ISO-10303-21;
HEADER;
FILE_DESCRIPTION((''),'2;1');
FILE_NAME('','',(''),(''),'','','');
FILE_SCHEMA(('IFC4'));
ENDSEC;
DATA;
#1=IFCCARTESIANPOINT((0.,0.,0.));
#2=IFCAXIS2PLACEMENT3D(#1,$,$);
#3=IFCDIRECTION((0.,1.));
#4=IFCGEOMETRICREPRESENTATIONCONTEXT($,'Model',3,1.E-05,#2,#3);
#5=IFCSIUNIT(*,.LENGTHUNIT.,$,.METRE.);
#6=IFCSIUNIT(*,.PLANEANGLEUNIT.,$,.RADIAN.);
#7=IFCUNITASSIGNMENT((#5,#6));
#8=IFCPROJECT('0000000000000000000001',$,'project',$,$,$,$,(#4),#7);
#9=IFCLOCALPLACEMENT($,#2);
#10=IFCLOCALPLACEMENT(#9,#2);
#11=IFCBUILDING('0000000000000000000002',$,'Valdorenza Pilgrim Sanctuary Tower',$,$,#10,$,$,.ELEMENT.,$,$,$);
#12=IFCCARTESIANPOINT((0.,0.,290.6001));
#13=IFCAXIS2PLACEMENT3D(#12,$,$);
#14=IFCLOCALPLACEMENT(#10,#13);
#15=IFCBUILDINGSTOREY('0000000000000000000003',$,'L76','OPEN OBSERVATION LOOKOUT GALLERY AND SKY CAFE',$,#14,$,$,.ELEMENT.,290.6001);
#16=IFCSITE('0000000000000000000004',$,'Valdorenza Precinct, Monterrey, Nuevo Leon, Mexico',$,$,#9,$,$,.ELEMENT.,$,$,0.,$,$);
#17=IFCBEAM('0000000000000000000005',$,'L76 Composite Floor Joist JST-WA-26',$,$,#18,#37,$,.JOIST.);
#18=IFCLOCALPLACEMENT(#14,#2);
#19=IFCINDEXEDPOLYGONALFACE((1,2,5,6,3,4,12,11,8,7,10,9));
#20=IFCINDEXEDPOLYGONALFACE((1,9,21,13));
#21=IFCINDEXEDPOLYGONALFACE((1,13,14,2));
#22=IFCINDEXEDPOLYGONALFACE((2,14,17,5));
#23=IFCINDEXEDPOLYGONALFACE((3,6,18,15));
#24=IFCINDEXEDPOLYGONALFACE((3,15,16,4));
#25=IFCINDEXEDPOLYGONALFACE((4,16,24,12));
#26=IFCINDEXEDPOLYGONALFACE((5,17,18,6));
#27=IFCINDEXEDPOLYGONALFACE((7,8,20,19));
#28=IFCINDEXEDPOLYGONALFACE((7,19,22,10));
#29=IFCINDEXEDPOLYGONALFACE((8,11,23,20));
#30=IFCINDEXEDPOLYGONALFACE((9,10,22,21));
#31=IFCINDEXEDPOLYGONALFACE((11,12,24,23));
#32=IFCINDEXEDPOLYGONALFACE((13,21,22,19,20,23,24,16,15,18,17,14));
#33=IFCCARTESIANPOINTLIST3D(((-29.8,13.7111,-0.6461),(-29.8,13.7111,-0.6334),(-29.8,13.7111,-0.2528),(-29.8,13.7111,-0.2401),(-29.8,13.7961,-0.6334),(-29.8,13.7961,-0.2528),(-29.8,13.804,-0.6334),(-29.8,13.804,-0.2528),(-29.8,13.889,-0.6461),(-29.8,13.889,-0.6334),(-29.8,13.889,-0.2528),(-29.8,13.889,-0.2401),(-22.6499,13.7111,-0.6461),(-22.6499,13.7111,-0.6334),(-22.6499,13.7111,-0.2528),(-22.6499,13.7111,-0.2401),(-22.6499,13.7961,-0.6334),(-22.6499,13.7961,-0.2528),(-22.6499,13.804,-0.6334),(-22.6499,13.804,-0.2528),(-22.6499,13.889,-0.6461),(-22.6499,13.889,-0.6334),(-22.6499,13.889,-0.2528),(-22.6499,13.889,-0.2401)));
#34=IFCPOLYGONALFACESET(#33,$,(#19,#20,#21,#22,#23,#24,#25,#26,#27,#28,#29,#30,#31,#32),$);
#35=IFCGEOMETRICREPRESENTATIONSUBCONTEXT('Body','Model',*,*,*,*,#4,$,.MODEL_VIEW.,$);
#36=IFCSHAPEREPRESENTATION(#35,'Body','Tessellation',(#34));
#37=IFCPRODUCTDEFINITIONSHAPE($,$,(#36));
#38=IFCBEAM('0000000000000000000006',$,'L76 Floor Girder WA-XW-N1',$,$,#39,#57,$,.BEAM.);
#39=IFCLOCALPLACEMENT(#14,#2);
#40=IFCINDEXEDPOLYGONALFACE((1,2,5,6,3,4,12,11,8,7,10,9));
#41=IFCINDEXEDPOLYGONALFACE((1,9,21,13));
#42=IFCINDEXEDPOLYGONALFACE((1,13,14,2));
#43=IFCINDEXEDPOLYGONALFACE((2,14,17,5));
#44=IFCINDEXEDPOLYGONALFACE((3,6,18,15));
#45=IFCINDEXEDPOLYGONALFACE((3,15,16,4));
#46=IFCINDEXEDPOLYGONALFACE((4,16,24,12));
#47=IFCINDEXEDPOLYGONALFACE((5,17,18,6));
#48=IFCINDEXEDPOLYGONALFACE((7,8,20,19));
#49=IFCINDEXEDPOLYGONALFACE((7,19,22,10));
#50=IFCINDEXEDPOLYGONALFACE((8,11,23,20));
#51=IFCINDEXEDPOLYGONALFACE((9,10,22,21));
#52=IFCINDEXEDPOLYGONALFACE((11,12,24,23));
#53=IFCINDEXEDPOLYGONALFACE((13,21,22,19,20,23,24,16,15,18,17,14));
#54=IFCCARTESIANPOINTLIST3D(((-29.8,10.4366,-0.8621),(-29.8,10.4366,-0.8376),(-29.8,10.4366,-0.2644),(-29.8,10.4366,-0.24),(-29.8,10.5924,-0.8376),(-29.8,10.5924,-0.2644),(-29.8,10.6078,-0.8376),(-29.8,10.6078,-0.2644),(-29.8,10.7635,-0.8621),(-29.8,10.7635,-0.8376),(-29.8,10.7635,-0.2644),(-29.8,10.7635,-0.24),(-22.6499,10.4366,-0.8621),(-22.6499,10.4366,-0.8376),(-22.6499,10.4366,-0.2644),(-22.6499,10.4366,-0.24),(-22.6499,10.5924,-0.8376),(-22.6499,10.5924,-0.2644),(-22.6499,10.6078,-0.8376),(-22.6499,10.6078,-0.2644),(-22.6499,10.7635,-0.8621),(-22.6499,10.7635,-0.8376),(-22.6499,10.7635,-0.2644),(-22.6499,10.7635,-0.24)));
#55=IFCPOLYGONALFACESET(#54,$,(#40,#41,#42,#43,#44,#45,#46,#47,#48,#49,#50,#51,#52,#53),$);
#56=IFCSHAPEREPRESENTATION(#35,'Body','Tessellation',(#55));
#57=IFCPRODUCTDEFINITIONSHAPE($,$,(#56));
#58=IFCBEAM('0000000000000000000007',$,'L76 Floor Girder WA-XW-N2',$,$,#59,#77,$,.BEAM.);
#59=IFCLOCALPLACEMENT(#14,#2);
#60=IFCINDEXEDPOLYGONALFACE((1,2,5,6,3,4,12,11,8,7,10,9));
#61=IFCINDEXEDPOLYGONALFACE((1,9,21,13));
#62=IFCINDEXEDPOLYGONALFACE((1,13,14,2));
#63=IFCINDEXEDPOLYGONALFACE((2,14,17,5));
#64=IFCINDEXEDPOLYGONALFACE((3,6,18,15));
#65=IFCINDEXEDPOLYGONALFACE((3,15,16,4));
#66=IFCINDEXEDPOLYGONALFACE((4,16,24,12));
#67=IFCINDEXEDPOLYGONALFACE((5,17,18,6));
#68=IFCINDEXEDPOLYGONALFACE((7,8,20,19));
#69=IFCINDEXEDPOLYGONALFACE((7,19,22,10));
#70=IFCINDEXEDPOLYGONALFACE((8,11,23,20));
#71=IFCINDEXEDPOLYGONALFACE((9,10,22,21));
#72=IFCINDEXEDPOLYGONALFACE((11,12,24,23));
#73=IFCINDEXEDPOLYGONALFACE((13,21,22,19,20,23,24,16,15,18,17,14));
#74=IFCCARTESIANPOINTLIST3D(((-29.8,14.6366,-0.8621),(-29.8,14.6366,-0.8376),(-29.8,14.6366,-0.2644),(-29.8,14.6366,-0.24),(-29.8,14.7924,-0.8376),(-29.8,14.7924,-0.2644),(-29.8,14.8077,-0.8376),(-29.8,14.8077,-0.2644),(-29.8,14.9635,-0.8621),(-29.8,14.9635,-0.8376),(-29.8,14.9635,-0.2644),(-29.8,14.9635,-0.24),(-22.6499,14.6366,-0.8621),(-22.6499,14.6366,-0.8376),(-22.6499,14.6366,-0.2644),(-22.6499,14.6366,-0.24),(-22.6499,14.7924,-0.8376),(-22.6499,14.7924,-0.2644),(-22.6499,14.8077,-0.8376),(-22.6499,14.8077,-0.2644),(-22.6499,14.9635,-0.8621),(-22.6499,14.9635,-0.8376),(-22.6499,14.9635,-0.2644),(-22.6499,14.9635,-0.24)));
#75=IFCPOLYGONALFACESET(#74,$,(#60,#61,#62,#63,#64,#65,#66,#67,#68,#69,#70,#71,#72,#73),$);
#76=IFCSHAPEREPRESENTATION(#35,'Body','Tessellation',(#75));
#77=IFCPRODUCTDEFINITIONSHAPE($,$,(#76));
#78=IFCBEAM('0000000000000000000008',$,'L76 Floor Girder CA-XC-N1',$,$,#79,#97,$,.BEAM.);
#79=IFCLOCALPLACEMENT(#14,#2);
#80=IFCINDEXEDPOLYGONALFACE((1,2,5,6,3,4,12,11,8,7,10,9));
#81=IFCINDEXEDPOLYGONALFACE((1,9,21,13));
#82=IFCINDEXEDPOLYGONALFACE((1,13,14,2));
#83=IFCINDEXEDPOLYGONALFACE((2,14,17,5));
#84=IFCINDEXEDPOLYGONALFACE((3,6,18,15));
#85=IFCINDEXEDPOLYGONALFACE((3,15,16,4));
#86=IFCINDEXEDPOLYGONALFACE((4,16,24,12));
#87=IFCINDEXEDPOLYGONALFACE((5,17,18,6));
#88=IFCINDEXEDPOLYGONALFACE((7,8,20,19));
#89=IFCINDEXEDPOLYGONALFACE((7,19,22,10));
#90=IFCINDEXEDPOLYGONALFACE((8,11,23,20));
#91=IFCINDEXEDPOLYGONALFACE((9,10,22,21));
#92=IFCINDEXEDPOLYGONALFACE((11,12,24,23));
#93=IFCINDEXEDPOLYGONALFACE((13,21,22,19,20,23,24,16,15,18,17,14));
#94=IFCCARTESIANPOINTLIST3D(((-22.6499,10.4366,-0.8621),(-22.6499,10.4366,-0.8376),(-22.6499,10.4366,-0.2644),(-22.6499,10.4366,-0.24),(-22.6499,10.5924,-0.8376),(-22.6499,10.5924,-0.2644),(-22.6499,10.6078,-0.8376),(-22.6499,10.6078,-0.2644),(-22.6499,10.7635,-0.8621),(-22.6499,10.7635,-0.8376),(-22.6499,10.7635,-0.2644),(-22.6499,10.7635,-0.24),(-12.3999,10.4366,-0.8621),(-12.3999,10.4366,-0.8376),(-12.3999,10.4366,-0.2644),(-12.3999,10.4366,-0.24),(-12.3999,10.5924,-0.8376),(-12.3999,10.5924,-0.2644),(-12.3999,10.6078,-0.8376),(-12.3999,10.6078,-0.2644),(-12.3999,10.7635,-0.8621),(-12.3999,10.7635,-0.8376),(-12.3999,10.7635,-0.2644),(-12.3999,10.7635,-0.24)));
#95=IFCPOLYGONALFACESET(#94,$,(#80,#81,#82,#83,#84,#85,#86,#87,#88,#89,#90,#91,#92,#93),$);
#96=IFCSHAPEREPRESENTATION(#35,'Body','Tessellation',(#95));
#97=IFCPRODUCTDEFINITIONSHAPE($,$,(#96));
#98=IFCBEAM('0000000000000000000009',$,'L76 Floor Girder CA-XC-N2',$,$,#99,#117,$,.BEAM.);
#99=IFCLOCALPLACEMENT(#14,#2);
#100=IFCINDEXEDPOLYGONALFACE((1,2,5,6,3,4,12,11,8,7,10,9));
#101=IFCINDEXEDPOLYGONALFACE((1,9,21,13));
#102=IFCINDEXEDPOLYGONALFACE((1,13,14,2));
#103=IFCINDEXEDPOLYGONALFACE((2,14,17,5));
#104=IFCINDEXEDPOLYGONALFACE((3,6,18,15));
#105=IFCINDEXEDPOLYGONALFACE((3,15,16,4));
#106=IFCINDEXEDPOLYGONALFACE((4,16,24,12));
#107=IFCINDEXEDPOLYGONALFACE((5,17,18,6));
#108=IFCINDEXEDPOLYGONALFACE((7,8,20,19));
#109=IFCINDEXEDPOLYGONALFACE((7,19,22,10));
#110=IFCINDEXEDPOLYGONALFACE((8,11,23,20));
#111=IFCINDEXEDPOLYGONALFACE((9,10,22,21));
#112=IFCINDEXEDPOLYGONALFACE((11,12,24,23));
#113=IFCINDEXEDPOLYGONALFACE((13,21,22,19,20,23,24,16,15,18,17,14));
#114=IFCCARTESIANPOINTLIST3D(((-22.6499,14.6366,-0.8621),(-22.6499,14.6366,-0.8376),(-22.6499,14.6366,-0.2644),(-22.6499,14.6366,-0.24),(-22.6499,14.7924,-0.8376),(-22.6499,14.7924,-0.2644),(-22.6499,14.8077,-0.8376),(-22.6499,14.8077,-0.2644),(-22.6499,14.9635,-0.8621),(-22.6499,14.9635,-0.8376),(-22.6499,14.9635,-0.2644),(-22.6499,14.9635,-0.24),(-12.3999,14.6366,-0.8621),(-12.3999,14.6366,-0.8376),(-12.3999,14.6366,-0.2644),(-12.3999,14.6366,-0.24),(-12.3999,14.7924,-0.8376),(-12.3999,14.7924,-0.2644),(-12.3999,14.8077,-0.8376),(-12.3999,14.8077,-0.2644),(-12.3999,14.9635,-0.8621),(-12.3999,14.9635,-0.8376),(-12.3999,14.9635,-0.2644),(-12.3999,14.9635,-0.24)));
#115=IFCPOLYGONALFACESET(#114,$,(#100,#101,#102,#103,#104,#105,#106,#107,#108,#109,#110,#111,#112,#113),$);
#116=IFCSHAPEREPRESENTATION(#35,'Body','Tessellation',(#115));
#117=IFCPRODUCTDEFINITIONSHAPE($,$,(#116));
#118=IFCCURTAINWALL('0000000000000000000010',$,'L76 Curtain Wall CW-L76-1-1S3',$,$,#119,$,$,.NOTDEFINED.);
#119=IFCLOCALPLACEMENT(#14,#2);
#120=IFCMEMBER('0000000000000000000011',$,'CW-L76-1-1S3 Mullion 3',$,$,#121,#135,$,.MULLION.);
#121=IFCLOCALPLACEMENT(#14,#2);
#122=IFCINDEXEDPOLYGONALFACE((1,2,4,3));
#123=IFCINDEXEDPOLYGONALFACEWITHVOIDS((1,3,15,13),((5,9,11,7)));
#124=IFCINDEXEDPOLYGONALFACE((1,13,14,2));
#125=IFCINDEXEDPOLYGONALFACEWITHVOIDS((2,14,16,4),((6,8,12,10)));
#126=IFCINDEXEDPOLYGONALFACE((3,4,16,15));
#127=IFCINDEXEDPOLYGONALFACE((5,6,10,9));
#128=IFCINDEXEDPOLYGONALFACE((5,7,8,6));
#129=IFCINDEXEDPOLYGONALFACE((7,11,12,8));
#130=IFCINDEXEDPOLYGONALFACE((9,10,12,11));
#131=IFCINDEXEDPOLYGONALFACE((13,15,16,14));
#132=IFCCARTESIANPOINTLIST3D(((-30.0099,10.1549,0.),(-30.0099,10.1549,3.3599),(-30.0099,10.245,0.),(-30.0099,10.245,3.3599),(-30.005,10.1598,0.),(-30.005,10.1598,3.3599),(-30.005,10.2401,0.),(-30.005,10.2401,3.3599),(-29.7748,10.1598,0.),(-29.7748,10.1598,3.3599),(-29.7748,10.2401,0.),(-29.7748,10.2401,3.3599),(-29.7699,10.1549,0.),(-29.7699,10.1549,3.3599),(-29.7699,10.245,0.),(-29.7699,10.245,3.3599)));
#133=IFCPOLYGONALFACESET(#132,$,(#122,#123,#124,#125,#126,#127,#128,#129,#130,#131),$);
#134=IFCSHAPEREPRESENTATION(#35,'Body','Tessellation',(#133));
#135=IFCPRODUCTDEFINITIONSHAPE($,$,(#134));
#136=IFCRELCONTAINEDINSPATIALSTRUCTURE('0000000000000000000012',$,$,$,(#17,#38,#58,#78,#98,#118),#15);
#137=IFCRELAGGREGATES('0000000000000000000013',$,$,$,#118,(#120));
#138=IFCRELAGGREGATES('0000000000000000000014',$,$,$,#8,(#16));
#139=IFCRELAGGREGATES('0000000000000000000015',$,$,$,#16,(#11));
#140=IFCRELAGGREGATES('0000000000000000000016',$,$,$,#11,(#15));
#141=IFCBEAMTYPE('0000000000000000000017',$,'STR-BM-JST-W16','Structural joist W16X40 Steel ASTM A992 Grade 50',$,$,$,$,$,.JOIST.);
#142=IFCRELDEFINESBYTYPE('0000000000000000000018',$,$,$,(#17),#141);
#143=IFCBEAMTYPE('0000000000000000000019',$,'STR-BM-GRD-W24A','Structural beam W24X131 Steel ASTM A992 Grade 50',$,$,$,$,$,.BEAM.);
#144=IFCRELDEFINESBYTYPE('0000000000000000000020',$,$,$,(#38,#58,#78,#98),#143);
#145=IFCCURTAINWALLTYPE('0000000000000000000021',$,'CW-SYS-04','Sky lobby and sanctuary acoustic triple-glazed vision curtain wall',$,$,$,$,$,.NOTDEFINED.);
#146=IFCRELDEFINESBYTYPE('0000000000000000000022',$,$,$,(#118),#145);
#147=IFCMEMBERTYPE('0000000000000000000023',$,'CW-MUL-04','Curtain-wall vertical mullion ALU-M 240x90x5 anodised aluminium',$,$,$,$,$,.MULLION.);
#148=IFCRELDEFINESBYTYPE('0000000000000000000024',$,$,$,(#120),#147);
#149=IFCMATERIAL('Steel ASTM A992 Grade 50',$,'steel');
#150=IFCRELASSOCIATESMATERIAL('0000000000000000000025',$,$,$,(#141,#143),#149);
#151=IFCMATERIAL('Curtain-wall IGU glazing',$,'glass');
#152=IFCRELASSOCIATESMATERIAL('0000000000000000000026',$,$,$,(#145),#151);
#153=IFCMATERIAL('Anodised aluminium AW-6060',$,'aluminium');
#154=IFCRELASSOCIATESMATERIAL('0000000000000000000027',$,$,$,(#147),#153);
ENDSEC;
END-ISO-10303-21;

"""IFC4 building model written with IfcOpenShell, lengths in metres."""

from ifc_helpers import new_model, si_unit, direction, frame, origin, origin_2d, place, context, subcontext, project, spatial, hollow_rectangle, i_section, extrude, source, transform, mapped, material, material_profile, profile_set, type_object, element, aggregate, save


model = new_model("IFC4")

# Units and contexts
model_context = context("Model", 3, precision=1e-05, world=origin(), true_north=direction((0.0, 1.0)))
body_context = subcontext(model_context, "Body", "Model", "MODEL_VIEW")
ifc_project = project(units=[si_unit("LENGTHUNIT", "METRE"), si_unit("PLANEANGLEUNIT", "RADIAN")], contexts=[model_context])

# Site, building, storey
site_placement = place(None, origin())
site = spatial("IfcSite", under=ifc_project, at=site_placement, Name="Valdorenza Precinct, Monterrey, Nuevo Leon, Mexico", CompositionType="ELEMENT", RefElevation=0.0)
building_placement = place(site_placement, origin())
building = spatial("IfcBuilding", under=site, at=building_placement, Name="Valdorenza Pilgrim Sanctuary Tower", CompositionType="ELEMENT")
storey_placement = place(building_placement, frame((0.0, 0.0, 290.6001)))
storey = spatial("IfcBuildingStorey", under=building, at=storey_placement, Name="L76", Description="OPEN OBSERVATION LOOKOUT GALLERY AND SKY CAFE", CompositionType="ELEMENT", Elevation=290.6001)

# Beams
ifc_material_1 = material(Name="Steel ASTM A992 Grade 50", Category="steel")
ifc_material_profile_1 = material_profile(ifc_material_1, i_section(OverallWidth=0.178, OverallDepth=0.406, WebThickness=0.0078, FlangeThickness=0.0127, at=origin_2d()), Name="W16X40")
ifc_profile_set_1 = profile_set([ifc_material_profile_1], Name="Steel ASTM A992 Grade 50")
beam_type_1 = type_object("IfcBeamType", Name="STR-BM-JST-W16", Description="Structural joist W16X40 Steel ASTM A992 Grade 50", PredefinedType="JOIST", material=ifc_profile_set_1)
shared_shape_1 = source(origin(), body_context, "Body", "SweptSolid", [
    extrude(i_section(OverallWidth=0.178, OverallDepth=0.406, WebThickness=0.0078, FlangeThickness=0.0127, at=origin_2d()), origin(), (0.0, 0.0, 1.0), 7.1501),
])
for number, where, z_axis, x_axis, name in (
    (1, (-29.8, 13.8, -0.4431), (1.0, 0.0, 0.0), (0.0, 1.0, 0.0), "L76 Composite Floor Joist JST-WA-26"),
):
    element("IfcBeam", number, at=place(storey_placement, frame(where, z_axis=z_axis, x_axis=x_axis)), inside=storey, type_object=beam_type_1, Name=name, PredefinedType="JOIST", context=body_context, shape_type="MappedRepresentation", body=[
        mapped(shared_shape_1, transform((0.0, 0.0, 0.0), x_axis=(1.0, 0.0, 0.0), y_axis=(0.0, 1.0, 0.0), z_axis=(0.0, 0.0, 1.0), scale=1.0)),
    ])
ifc_material_profile_2 = material_profile(ifc_material_1, i_section(OverallWidth=0.3269, OverallDepth=0.6221, WebThickness=0.0154, FlangeThickness=0.0244, at=origin_2d()), Name="W24X131")
ifc_profile_set_2 = profile_set([ifc_material_profile_2], Name="Steel ASTM A992 Grade 50")
beam_type_2 = type_object("IfcBeamType", Name="STR-BM-GRD-W24A", Description="Structural beam W24X131 Steel ASTM A992 Grade 50", PredefinedType="BEAM", material=ifc_profile_set_2)
shared_shape_2 = source(origin(), body_context, "Body", "SweptSolid", [
    extrude(i_section(OverallWidth=0.3269, OverallDepth=0.6221, WebThickness=0.0154, FlangeThickness=0.0244, at=origin_2d()), origin(), (0.0, 0.0, 1.0), 7.1501),
])
for number, where, z_axis, x_axis, name in (
    (2, (-29.8, 10.6001, -0.551), (1.0, 0.0, 0.0), (0.0, 1.0, 0.0), "L76 Floor Girder WA-XW-N1"),
    (3, (-29.8, 14.8, -0.551), (1.0, 0.0, 0.0), (0.0, 1.0, 0.0), "L76 Floor Girder WA-XW-N2"),
):
    element("IfcBeam", number, at=place(storey_placement, frame(where, z_axis=z_axis, x_axis=x_axis)), inside=storey, type_object=beam_type_2, Name=name, PredefinedType="BEAM", context=body_context, shape_type="MappedRepresentation", body=[
        mapped(shared_shape_2, transform((0.0, 0.0, 0.0), x_axis=(1.0, 0.0, 0.0), y_axis=(0.0, 1.0, 0.0), z_axis=(0.0, 0.0, 1.0), scale=1.0)),
    ])
shared_shape_3 = source(origin(), body_context, "Body", "SweptSolid", [
    extrude(i_section(OverallWidth=0.3269, OverallDepth=0.6221, WebThickness=0.0154, FlangeThickness=0.0244, at=origin_2d()), origin(), (0.0, 0.0, 1.0), 10.25),
])
for number, where, z_axis, x_axis, name in (
    (4, (-22.6499, 10.6001, -0.551), (1.0, 0.0, 0.0), (0.0, 1.0, 0.0), "L76 Floor Girder CA-XC-N1"),
    (5, (-22.6499, 14.8, -0.551), (1.0, 0.0, 0.0), (0.0, 1.0, 0.0), "L76 Floor Girder CA-XC-N2"),
):
    element("IfcBeam", number, at=place(storey_placement, frame(where, z_axis=z_axis, x_axis=x_axis)), inside=storey, type_object=beam_type_2, Name=name, PredefinedType="BEAM", context=body_context, shape_type="MappedRepresentation", body=[
        mapped(shared_shape_3, transform((0.0, 0.0, 0.0), x_axis=(1.0, 0.0, 0.0), y_axis=(0.0, 1.0, 0.0), z_axis=(0.0, 0.0, 1.0), scale=1.0)),
    ])

# Curtain wall, member
ifc_material_2 = material(Name="Curtain-wall IGU glazing", Category="glass")
curtain_wall_type = type_object("IfcCurtainWallType", Name="CW-SYS-04", Description="Sky lobby and sanctuary acoustic triple-glazed vision curtain wall", PredefinedType="NOTDEFINED", material=ifc_material_2)
curtain_wall_placement = place(storey_placement, origin())
curtain_wall = element("IfcCurtainWall", 6, at=curtain_wall_placement, inside=storey, type_object=curtain_wall_type, Name="L76 Curtain Wall CW-L76-1-1S3", PredefinedType="NOTDEFINED")
ifc_material_3 = material(Name="Anodised aluminium AW-6060", Category="aluminium")
ifc_material_profile_3 = material_profile(ifc_material_3, hollow_rectangle(XDim=0.0901, YDim=0.24, WallThickness=0.0049, at=origin_2d()), Name="ALU-M 240x90x5")
ifc_profile_set_3 = profile_set([ifc_material_profile_3], Name="Anodised aluminium AW-6060")
member_type = type_object("IfcMemberType", Name="CW-MUL-04", Description="Curtain-wall vertical mullion ALU-M 240x90x5 anodised aluminium", PredefinedType="MULLION", material=ifc_profile_set_3)
shared_shape_4 = source(origin(), body_context, "Body", "SweptSolid", [
    extrude(hollow_rectangle(XDim=0.0901, YDim=0.24, WallThickness=0.0049, at=origin_2d()), origin(), (0.0, 0.0, 1.0), 3.3599),
])
member_placement = place(storey_placement, frame((-29.8899, 10.2, 0.0), z_axis=(0.0, 0.0, 1.0), x_axis=(0.0, 1.0, 0.0)))
member = element("IfcMember", 7, at=member_placement, type_object=member_type, Name="CW-L76-1-1S3 Mullion 3", PredefinedType="MULLION", context=body_context, shape_type="MappedRepresentation", body=[
    mapped(shared_shape_4, transform((0.0, 0.0, 0.0), x_axis=(1.0, 0.0, 0.0), y_axis=(0.0, 1.0, 0.0), z_axis=(0.0, 0.0, 1.0), scale=1.0)),
])
aggregate(curtain_wall, [member])

save(model, "model.ifc")
